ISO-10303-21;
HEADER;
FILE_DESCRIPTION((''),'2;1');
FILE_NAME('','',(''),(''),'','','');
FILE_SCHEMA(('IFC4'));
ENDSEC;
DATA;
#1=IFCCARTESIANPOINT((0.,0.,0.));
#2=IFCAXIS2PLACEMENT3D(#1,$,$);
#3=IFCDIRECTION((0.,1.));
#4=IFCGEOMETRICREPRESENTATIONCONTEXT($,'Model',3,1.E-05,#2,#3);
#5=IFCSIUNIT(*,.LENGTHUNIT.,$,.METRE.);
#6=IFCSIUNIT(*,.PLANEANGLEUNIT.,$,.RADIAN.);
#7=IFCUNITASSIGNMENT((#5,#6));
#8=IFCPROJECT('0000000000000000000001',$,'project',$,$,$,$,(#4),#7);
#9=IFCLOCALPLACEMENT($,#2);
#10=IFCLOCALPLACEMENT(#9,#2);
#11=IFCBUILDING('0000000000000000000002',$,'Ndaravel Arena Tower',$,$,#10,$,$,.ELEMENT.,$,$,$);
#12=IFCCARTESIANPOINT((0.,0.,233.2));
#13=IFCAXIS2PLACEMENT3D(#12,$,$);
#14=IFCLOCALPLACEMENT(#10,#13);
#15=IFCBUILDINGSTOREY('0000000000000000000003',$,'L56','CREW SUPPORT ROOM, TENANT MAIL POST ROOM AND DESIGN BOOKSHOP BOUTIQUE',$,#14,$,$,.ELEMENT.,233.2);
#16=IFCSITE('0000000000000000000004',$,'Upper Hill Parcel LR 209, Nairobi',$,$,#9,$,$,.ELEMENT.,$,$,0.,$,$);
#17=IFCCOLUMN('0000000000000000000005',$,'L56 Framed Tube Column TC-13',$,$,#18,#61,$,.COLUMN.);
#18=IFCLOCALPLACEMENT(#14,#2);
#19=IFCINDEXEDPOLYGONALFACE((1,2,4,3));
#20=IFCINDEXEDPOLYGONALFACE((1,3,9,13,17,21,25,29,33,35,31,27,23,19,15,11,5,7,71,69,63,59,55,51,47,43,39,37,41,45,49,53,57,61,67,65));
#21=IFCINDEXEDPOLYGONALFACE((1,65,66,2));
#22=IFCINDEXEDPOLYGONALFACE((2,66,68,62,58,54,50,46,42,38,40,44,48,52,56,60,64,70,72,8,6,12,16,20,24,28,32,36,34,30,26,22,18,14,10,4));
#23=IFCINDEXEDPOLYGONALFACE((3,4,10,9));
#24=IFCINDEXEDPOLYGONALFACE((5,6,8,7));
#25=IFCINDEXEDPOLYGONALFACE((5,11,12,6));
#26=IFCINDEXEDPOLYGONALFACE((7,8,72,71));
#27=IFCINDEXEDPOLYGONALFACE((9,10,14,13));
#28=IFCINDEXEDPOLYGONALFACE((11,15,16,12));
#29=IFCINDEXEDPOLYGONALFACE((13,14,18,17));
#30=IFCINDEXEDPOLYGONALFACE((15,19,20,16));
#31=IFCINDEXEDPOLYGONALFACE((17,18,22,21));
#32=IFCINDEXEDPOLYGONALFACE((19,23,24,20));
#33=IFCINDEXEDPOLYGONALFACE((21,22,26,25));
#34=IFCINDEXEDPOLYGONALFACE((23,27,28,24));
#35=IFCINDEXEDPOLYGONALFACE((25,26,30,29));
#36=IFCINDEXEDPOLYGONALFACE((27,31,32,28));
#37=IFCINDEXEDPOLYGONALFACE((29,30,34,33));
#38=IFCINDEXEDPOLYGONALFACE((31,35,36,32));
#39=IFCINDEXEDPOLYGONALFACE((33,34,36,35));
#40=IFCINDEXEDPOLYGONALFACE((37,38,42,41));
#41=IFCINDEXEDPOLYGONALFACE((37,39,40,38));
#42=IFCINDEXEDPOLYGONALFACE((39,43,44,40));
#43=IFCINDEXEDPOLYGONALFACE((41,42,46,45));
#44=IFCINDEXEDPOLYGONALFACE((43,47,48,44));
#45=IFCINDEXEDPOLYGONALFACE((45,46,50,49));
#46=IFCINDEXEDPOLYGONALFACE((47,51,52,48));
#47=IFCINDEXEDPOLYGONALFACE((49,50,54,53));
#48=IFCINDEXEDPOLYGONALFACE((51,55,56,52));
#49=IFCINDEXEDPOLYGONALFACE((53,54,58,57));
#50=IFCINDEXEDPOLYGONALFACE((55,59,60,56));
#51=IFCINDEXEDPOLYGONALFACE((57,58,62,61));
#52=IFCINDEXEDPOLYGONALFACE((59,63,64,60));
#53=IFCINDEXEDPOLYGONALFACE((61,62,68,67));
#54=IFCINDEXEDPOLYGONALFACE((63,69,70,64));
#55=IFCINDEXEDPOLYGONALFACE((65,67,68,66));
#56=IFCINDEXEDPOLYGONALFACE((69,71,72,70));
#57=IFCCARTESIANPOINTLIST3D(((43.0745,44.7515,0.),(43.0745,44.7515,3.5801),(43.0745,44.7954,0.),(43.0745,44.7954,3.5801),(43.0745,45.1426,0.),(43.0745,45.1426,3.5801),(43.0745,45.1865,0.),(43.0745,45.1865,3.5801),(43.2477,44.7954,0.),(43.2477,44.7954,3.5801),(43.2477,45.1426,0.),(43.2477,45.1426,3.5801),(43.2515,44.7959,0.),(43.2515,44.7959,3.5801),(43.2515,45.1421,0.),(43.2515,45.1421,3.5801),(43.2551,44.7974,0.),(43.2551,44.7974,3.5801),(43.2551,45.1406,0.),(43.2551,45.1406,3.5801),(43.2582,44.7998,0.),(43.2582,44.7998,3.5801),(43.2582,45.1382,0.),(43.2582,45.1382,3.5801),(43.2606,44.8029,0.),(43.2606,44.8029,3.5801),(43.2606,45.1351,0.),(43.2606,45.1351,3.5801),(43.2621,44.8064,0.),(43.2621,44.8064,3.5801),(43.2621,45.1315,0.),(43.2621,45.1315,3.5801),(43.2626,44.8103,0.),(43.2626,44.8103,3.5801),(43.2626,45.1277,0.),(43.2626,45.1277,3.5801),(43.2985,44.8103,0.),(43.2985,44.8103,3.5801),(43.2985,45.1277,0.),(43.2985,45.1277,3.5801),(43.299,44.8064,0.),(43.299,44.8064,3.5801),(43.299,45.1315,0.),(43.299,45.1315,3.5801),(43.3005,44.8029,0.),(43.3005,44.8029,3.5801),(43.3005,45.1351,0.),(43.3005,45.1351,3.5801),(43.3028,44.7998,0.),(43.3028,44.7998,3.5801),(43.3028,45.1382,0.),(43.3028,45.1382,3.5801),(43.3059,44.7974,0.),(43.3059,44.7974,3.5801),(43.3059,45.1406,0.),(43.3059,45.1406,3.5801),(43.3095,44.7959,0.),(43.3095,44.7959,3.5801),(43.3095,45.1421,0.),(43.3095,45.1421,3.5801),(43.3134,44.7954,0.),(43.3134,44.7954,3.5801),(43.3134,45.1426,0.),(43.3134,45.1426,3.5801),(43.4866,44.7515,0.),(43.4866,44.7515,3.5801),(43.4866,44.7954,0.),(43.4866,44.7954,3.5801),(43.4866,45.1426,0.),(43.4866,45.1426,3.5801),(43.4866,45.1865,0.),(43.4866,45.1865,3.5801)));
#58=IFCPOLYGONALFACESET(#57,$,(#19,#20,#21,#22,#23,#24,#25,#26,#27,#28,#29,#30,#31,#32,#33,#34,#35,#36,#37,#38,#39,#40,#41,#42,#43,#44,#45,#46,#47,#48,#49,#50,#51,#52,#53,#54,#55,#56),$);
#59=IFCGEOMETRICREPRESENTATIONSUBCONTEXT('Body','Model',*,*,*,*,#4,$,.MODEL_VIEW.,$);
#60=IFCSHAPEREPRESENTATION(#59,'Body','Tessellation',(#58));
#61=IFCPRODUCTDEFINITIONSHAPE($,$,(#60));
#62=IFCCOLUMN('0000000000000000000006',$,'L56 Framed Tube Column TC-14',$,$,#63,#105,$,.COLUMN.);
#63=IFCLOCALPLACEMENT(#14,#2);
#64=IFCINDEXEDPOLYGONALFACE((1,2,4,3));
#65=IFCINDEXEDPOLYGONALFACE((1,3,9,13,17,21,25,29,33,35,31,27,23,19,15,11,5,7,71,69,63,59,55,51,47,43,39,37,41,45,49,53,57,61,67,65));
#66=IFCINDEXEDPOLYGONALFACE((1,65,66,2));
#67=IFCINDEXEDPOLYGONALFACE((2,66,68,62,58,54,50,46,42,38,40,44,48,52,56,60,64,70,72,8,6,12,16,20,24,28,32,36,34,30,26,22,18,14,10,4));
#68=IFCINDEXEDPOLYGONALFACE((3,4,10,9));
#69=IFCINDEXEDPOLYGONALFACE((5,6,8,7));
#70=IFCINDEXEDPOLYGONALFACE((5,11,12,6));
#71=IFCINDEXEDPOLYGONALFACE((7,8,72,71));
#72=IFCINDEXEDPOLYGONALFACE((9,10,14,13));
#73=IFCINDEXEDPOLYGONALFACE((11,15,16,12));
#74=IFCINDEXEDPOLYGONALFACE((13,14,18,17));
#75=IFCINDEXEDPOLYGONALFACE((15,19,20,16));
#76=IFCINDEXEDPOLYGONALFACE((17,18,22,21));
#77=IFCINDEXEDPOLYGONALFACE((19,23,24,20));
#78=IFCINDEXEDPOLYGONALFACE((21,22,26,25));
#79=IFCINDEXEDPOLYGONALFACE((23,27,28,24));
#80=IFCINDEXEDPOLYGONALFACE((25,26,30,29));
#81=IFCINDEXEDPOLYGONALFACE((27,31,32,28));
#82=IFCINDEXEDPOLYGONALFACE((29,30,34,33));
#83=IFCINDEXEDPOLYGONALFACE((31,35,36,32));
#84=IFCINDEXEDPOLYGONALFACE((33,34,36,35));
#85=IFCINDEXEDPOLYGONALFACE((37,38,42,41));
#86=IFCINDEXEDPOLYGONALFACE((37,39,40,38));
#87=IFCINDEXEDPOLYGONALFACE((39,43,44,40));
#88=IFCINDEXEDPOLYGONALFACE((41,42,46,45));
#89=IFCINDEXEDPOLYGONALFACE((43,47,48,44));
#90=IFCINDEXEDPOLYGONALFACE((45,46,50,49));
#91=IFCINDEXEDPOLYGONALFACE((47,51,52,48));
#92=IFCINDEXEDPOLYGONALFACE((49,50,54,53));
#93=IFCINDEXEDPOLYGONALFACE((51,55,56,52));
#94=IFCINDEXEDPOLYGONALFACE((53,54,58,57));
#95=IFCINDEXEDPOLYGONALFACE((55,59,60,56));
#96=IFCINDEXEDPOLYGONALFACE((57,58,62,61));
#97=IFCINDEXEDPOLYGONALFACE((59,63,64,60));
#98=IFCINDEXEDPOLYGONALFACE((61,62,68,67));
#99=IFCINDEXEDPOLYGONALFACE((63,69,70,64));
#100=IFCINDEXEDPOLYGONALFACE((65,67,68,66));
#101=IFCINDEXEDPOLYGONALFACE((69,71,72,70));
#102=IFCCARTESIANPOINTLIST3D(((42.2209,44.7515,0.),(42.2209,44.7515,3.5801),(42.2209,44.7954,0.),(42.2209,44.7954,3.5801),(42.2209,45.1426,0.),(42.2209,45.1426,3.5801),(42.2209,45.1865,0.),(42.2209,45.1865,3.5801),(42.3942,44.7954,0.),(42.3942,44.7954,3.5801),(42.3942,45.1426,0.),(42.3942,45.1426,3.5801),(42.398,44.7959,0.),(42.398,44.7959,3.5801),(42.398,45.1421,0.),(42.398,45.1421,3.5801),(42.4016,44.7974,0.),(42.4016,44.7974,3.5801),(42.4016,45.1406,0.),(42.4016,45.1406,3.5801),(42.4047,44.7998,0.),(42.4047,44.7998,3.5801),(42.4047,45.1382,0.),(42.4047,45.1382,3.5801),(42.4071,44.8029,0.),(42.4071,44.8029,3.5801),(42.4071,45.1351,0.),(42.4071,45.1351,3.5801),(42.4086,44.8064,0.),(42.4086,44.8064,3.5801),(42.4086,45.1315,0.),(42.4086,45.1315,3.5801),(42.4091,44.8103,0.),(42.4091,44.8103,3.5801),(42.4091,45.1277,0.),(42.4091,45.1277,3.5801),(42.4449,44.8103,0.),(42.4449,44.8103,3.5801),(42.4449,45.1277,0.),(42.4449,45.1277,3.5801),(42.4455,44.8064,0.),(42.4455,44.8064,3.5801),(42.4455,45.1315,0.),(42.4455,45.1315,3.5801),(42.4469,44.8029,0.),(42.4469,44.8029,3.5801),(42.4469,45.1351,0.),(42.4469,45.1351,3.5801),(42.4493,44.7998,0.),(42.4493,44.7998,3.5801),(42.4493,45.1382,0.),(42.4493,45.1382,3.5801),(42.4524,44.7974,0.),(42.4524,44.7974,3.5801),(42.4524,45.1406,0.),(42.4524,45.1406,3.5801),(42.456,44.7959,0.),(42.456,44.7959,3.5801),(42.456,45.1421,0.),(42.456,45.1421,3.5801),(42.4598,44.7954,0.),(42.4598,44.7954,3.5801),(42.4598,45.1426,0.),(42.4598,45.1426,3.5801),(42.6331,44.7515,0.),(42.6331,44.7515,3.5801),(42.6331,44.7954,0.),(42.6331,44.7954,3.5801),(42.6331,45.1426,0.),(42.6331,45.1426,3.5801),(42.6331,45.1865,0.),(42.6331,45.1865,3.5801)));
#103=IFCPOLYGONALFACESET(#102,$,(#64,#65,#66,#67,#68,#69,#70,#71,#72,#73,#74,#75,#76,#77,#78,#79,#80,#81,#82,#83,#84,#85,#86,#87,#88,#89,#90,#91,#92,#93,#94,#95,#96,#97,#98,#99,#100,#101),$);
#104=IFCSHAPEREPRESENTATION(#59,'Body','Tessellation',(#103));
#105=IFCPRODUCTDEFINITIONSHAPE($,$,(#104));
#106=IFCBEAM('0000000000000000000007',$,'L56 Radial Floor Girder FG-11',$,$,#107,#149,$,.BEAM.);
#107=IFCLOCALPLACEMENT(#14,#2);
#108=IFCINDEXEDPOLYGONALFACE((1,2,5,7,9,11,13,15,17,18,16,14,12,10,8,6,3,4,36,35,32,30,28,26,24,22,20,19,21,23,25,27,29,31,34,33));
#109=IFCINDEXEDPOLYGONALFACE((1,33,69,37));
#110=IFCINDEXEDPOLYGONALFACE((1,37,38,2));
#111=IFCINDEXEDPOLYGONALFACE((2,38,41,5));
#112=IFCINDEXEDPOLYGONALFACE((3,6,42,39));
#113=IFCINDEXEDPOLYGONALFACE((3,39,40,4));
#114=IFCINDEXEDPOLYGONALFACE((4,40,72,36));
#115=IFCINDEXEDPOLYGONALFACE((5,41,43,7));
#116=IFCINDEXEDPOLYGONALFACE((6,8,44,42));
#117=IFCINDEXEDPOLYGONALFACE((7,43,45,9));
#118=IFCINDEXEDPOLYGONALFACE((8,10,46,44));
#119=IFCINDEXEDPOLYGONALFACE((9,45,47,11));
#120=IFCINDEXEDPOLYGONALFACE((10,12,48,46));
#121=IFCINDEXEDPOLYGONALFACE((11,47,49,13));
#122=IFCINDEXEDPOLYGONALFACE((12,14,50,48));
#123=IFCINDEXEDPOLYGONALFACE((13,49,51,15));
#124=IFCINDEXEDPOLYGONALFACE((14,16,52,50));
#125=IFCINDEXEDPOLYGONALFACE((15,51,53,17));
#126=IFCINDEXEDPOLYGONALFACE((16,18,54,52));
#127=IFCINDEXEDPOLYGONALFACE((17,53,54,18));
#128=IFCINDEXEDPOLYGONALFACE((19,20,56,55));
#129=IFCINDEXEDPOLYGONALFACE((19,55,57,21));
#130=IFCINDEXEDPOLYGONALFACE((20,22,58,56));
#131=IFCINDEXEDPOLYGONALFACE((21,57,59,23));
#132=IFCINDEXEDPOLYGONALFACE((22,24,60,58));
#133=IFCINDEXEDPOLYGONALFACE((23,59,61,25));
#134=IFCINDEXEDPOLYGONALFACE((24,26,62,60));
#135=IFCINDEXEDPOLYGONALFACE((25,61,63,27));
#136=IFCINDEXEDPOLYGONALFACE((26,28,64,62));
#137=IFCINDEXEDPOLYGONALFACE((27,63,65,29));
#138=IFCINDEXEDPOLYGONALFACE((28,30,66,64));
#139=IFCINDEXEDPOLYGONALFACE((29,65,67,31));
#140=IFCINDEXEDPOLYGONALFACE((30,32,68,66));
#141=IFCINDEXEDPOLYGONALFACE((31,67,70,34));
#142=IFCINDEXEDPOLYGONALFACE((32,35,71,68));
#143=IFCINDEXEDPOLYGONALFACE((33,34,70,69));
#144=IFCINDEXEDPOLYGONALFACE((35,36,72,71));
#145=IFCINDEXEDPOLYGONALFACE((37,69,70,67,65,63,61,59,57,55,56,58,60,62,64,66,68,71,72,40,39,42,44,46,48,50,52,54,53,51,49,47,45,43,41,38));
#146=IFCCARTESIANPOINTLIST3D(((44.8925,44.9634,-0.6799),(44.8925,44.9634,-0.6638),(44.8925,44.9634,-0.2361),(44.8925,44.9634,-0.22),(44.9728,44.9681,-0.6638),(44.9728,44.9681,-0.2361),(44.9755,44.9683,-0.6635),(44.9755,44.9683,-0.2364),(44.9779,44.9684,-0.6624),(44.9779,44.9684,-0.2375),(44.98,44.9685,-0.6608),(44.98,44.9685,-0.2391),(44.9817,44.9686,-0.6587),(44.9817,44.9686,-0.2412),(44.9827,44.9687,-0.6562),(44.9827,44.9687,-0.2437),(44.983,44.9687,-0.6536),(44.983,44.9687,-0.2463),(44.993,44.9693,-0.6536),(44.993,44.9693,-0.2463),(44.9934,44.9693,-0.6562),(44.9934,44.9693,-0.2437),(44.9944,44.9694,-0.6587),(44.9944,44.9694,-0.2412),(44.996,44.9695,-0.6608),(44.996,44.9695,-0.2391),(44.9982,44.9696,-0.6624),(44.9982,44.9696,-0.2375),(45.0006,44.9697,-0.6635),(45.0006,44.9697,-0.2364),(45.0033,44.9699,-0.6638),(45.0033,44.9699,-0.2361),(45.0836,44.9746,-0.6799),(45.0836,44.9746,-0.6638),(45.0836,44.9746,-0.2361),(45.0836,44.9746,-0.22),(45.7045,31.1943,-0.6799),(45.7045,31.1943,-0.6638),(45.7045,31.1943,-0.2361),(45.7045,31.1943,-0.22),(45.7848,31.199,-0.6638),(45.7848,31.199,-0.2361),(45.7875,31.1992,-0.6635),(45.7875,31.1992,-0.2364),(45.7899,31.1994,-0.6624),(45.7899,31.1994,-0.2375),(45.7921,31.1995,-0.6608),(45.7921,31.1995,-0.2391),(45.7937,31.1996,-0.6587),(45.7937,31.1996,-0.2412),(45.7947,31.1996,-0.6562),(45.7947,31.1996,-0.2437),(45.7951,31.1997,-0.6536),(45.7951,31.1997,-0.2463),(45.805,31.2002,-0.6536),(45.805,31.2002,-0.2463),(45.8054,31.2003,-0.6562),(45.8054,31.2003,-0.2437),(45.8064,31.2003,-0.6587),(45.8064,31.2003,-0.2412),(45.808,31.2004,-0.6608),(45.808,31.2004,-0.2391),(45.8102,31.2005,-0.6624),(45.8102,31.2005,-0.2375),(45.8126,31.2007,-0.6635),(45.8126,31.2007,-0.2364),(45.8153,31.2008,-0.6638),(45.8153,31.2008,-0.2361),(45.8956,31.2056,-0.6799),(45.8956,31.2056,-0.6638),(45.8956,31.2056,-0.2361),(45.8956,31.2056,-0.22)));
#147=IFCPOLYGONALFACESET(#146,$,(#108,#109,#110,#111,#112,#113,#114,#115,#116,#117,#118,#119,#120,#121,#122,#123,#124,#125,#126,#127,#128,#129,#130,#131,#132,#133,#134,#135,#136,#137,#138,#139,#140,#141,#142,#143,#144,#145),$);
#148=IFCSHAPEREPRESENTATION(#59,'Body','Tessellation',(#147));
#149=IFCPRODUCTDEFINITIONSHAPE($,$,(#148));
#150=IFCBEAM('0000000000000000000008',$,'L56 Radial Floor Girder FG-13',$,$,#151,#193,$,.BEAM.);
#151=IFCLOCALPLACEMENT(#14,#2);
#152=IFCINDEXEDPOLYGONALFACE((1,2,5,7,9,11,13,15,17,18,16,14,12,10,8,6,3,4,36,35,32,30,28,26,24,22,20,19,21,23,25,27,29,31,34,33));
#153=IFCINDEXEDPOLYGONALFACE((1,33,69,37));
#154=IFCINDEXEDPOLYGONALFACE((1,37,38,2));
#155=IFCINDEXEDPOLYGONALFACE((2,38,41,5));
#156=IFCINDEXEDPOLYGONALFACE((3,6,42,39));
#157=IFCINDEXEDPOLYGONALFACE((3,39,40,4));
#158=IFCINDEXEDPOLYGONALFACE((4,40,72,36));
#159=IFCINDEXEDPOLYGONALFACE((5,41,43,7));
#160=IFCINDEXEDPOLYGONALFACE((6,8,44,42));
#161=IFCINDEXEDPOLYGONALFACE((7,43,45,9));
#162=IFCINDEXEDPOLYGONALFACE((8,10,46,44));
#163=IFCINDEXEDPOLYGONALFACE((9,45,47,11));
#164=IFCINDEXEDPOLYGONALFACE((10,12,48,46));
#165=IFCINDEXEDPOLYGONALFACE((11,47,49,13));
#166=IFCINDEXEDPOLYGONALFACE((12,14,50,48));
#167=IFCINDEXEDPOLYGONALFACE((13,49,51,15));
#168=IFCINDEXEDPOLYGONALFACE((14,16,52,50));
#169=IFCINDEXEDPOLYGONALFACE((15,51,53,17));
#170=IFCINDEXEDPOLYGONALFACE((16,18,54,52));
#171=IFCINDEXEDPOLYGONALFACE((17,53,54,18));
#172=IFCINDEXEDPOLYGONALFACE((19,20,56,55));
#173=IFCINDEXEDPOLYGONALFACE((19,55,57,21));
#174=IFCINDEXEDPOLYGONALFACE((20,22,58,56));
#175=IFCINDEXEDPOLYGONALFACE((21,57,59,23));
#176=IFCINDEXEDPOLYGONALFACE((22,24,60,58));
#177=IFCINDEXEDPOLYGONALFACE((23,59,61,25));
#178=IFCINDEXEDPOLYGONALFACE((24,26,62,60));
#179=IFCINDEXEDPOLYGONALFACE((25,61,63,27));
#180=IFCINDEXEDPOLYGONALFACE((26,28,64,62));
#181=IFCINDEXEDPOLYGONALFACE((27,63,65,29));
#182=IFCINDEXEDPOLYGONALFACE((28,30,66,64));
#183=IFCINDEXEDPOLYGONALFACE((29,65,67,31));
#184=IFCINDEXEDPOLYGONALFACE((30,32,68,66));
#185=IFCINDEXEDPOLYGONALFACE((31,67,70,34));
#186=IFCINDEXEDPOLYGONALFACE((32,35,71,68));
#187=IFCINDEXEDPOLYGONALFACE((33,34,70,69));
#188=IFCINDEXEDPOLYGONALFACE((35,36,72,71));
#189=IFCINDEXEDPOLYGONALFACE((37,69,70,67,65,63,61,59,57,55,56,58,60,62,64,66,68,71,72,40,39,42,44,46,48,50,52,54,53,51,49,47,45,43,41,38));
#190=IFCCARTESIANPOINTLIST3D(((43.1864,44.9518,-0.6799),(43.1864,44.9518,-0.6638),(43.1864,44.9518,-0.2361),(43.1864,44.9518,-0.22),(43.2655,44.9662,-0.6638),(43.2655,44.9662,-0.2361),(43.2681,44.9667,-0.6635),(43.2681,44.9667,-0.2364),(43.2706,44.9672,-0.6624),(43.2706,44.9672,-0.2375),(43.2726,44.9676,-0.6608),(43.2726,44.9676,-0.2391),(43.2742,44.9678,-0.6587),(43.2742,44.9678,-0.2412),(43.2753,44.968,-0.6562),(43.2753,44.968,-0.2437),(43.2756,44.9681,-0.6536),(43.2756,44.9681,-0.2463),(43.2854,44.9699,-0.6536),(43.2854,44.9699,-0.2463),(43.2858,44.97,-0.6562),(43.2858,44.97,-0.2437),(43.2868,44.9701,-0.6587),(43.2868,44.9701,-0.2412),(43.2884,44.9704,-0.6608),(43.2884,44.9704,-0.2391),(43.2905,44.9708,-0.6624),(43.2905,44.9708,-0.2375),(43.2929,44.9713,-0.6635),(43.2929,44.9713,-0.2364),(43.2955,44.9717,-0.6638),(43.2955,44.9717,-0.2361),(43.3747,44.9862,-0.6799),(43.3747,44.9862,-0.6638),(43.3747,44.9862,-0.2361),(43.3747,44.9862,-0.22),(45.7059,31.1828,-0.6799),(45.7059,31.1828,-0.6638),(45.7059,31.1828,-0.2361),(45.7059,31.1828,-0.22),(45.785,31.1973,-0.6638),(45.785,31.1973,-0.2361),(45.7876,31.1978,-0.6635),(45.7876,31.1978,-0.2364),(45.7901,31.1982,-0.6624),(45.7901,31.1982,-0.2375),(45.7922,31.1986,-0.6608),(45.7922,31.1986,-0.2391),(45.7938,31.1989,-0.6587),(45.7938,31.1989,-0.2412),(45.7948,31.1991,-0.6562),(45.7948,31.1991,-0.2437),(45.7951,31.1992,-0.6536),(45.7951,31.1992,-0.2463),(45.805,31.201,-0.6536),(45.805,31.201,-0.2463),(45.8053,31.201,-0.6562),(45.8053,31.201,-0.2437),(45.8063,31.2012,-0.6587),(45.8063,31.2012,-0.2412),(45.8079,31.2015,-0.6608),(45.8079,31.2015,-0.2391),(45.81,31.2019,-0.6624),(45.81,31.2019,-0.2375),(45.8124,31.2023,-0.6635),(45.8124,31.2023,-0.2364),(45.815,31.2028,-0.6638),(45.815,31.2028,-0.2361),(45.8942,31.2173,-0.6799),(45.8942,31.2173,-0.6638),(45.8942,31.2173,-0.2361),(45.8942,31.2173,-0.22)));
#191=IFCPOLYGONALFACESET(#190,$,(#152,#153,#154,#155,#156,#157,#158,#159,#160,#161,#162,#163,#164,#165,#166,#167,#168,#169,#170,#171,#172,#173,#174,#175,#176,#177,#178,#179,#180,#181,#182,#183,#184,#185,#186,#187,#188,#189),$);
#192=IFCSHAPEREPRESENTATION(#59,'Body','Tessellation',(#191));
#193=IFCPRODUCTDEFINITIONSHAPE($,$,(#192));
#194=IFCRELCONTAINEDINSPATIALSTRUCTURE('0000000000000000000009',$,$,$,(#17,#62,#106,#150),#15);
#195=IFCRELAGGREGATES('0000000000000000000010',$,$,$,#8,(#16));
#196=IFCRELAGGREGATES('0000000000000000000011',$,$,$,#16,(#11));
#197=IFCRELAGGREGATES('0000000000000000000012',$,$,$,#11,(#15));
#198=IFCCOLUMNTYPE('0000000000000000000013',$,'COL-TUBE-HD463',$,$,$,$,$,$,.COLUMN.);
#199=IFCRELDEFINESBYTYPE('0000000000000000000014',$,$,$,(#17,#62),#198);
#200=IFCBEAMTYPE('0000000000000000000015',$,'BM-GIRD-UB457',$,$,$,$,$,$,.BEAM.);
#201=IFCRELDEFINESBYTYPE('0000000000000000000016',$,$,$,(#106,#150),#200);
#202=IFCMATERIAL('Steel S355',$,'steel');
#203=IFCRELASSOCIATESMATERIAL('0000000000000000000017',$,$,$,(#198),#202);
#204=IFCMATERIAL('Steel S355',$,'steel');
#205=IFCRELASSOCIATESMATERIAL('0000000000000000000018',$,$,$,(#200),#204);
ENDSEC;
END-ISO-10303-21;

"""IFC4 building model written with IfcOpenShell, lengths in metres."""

from ifc_helpers import new_model, si_unit, direction, frame, origin, origin_2d, place, context, subcontext, project, spatial, i_section, extrude, material, material_profile, profile_set, type_object, element, save


model = new_model("IFC4")

# Units and contexts
model_context = context("Model", 3, precision=1e-05, world=origin(), true_north=direction((0.0, 1.0)))
body_context = subcontext(model_context, "Body", "Model", "MODEL_VIEW")
ifc_project = project(units=[si_unit("LENGTHUNIT", "METRE"), si_unit("PLANEANGLEUNIT", "RADIAN")], contexts=[model_context])

# Site, building, storey
site_placement = place(None, origin())
site = spatial("IfcSite", under=ifc_project, at=site_placement, Name="Upper Hill Parcel LR 209, Nairobi", CompositionType="ELEMENT", RefElevation=0.0)
building_placement = place(site_placement, origin())
building = spatial("IfcBuilding", under=site, at=building_placement, Name="Ndaravel Arena Tower", CompositionType="ELEMENT")
storey_placement = place(building_placement, frame((0.0, 0.0, 233.2)))
storey = spatial("IfcBuildingStorey", under=building, at=storey_placement, Name="L56", Description="CREW SUPPORT ROOM, TENANT MAIL POST ROOM AND DESIGN BOOKSHOP BOUTIQUE", CompositionType="ELEMENT", Elevation=233.2)

# Columns
ifc_material_1 = material(Name="Steel S355", Category="steel")
ifc_material_profile_1 = material_profile(ifc_material_1, i_section(OverallWidth=0.4121, OverallDepth=0.4351, WebThickness=0.0359, FlangeThickness=0.0439, FilletRadius=0.0149, at=origin_2d()), Name="HD 400x463")
ifc_profile_set_1 = profile_set([ifc_material_profile_1], Name="Steel S355")
column_type_1 = type_object("IfcColumnType", Name="COL-TUBE-HD463", PredefinedType="COLUMN", material=ifc_profile_set_1)
for number, where, z_axis, x_axis, name in (
    (1, (43.2805, 44.969, 0.0), (0.0, 0.0, 1.0), (1.0, 0.0, 0.0), "L56 Framed Tube Column TC-13"),
    (2, (42.427, 44.969, 0.0), (0.0, 0.0, 1.0), (1.0, 0.0, 0.0), "L56 Framed Tube Column TC-14"),
):
    element("IfcColumn", number, at=place(storey_placement, frame(where, z_axis=z_axis, x_axis=x_axis)), inside=storey, type_object=column_type_1, Name=name, PredefinedType="COLUMN", context=body_context, shape_type="SweptSolid", body=[
        extrude(i_section(OverallWidth=0.4121, OverallDepth=0.4351, WebThickness=0.0359, FlangeThickness=0.0439, FilletRadius=0.0149, at=origin_2d()), origin(), (0.0, 0.0, 1.0), 3.5801),
    ])

# Beams
ifc_material_2 = material(Name="Steel S355", Category="steel")
ifc_material_profile_2 = material_profile(ifc_material_2, i_section(OverallWidth=0.1914, OverallDepth=0.46, WebThickness=0.01, FlangeThickness=0.0161, FilletRadius=0.0103, at=origin_2d()), Name="UB 457x191x82")
ifc_profile_set_2 = profile_set([ifc_material_profile_2], Name="Steel S355")
beam_type_1 = type_object("IfcBeamType", Name="BM-GIRD-UB457", PredefinedType="BEAM", material=ifc_profile_set_2)
beam_1_placement = place(storey_placement, frame((44.988, 44.969, -0.45), z_axis=(0.058871, -0.998266, 0.0), x_axis=(0.998266, 0.058871, 0.0)))
element("IfcBeam", 3, at=beam_1_placement, inside=storey, type_object=beam_type_1, Name="L56 Radial Floor Girder FG-11", PredefinedType="BEAM", context=body_context, shape_type="SweptSolid", body=[
    extrude(i_section(OverallWidth=0.1914, OverallDepth=0.46, WebThickness=0.01, FlangeThickness=0.0161, FilletRadius=0.0103, at=origin_2d()), origin(), (0.0, 0.0, 1.0), 13.793),
])
beam_2_placement = place(storey_placement, frame((43.2805, 44.969, -0.45), z_axis=(0.179997, -0.983667, 0.0), x_axis=(0.983667, 0.179997, 0.0)))
element("IfcBeam", 4, at=beam_2_placement, inside=storey, type_object=beam_type_1, Name="L56 Radial Floor Girder FG-13", PredefinedType="BEAM", context=body_context, shape_type="SweptSolid", body=[
    extrude(i_section(OverallWidth=0.1914, OverallDepth=0.46, WebThickness=0.01, FlangeThickness=0.0161, FilletRadius=0.0103, at=origin_2d()), origin(), (0.0, 0.0, 1.0), 13.9976),
])

save(model, "model.ifc")
